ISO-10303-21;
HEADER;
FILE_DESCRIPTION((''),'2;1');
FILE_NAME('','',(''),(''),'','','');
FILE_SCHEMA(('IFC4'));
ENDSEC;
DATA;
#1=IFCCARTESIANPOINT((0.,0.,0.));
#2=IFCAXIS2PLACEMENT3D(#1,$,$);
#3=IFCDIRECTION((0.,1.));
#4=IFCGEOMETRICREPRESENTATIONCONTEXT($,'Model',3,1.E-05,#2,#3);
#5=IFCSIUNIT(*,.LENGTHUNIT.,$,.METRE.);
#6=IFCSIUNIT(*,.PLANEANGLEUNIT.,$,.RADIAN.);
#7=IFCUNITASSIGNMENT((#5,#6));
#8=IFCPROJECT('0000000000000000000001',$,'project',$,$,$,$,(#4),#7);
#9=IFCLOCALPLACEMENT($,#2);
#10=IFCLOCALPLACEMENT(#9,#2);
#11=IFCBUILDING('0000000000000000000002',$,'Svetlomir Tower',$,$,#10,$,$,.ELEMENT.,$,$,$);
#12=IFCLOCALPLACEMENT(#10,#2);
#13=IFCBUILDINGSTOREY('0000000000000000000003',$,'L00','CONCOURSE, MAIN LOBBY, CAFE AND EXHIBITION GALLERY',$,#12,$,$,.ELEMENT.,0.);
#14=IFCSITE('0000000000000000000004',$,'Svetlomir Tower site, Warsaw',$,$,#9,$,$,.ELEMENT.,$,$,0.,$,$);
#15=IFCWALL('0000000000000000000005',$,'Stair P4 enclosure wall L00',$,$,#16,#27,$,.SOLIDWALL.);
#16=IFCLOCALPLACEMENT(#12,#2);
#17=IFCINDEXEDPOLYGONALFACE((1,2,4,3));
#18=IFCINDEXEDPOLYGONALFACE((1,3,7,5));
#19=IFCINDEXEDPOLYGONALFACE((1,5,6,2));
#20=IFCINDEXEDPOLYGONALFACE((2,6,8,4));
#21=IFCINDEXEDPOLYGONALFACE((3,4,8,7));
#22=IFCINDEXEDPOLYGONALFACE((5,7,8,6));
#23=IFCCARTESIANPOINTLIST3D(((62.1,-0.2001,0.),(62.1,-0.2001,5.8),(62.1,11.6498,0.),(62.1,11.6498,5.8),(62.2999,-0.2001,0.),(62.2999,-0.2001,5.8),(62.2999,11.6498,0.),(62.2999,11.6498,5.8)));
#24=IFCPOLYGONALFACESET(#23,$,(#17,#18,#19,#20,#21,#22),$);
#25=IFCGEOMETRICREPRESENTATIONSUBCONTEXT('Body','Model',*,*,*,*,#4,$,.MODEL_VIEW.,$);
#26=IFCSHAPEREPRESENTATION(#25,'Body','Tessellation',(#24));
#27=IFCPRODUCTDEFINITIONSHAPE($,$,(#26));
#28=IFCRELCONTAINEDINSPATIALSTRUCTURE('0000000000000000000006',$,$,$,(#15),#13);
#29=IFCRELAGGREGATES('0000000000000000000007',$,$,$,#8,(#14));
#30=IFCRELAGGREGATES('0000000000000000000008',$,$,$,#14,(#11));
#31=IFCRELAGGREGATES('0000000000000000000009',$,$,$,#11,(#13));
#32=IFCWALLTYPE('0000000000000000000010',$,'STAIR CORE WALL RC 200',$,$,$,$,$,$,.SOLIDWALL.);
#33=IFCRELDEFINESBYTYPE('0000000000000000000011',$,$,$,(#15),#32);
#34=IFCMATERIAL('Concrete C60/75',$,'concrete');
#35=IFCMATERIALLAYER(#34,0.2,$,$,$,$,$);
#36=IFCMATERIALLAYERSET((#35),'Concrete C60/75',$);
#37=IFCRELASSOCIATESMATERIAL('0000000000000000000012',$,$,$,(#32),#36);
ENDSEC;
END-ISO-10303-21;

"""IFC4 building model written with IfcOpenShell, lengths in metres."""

from ifc_helpers import new_model, si_unit, direction, frame, frame_2d, origin, place, context, subcontext, project, spatial, rectangle, extrude, material, layer, layer_set, type_object, element, save


model = new_model("IFC4")

# Units and contexts
model_context = context("Model", 3, precision=1e-05, world=origin(), true_north=direction((0.0, 1.0)))
body_context = subcontext(model_context, "Body", "Model", "MODEL_VIEW")
ifc_project = project(units=[si_unit("LENGTHUNIT", "METRE"), si_unit("PLANEANGLEUNIT", "RADIAN")], contexts=[model_context])

# Site, building, storey
site_placement = place(None, origin())
site = spatial("IfcSite", under=ifc_project, at=site_placement, Name="Svetlomir Tower site, Warsaw", CompositionType="ELEMENT", RefElevation=0.0)
building_placement = place(site_placement, origin())
building = spatial("IfcBuilding", under=site, at=building_placement, Name="Svetlomir Tower", CompositionType="ELEMENT")
storey_placement = place(building_placement, origin())
storey = spatial("IfcBuildingStorey", under=building, at=storey_placement, Name="L00", Description="CONCOURSE, MAIN LOBBY, CAFE AND EXHIBITION GALLERY", CompositionType="ELEMENT", Elevation=0.0)

# Wall
ifc_material_1 = material(Name="Concrete C60/75", Category="concrete")
ifc_layer_1 = layer(ifc_material_1, 0.2)
ifc_layer_set_1 = layer_set([ifc_layer_1], Name="Concrete C60/75")
wall_type_1 = type_object("IfcWallType", Name="STAIR CORE WALL RC 200", PredefinedType="SOLIDWALL", material=ifc_layer_set_1)
wall_1_placement = place(storey_placement, frame((62.2, -0.2, 0.0), z_axis=(0.0, 0.0, 1.0), x_axis=(0.0, 1.0, 0.0)))
element("IfcWall", 1, at=wall_1_placement, inside=storey, type_object=wall_type_1, Name="Stair P4 enclosure wall L00", PredefinedType="SOLIDWALL", context=body_context, shape_type="SweptSolid", body=[
    extrude(rectangle(XDim=11.8499, YDim=0.2, at=frame_2d((5.9248, 0.0))), origin(), (0.0, 0.0, 1.0), 5.8),
])

save(model, "model.ifc")
